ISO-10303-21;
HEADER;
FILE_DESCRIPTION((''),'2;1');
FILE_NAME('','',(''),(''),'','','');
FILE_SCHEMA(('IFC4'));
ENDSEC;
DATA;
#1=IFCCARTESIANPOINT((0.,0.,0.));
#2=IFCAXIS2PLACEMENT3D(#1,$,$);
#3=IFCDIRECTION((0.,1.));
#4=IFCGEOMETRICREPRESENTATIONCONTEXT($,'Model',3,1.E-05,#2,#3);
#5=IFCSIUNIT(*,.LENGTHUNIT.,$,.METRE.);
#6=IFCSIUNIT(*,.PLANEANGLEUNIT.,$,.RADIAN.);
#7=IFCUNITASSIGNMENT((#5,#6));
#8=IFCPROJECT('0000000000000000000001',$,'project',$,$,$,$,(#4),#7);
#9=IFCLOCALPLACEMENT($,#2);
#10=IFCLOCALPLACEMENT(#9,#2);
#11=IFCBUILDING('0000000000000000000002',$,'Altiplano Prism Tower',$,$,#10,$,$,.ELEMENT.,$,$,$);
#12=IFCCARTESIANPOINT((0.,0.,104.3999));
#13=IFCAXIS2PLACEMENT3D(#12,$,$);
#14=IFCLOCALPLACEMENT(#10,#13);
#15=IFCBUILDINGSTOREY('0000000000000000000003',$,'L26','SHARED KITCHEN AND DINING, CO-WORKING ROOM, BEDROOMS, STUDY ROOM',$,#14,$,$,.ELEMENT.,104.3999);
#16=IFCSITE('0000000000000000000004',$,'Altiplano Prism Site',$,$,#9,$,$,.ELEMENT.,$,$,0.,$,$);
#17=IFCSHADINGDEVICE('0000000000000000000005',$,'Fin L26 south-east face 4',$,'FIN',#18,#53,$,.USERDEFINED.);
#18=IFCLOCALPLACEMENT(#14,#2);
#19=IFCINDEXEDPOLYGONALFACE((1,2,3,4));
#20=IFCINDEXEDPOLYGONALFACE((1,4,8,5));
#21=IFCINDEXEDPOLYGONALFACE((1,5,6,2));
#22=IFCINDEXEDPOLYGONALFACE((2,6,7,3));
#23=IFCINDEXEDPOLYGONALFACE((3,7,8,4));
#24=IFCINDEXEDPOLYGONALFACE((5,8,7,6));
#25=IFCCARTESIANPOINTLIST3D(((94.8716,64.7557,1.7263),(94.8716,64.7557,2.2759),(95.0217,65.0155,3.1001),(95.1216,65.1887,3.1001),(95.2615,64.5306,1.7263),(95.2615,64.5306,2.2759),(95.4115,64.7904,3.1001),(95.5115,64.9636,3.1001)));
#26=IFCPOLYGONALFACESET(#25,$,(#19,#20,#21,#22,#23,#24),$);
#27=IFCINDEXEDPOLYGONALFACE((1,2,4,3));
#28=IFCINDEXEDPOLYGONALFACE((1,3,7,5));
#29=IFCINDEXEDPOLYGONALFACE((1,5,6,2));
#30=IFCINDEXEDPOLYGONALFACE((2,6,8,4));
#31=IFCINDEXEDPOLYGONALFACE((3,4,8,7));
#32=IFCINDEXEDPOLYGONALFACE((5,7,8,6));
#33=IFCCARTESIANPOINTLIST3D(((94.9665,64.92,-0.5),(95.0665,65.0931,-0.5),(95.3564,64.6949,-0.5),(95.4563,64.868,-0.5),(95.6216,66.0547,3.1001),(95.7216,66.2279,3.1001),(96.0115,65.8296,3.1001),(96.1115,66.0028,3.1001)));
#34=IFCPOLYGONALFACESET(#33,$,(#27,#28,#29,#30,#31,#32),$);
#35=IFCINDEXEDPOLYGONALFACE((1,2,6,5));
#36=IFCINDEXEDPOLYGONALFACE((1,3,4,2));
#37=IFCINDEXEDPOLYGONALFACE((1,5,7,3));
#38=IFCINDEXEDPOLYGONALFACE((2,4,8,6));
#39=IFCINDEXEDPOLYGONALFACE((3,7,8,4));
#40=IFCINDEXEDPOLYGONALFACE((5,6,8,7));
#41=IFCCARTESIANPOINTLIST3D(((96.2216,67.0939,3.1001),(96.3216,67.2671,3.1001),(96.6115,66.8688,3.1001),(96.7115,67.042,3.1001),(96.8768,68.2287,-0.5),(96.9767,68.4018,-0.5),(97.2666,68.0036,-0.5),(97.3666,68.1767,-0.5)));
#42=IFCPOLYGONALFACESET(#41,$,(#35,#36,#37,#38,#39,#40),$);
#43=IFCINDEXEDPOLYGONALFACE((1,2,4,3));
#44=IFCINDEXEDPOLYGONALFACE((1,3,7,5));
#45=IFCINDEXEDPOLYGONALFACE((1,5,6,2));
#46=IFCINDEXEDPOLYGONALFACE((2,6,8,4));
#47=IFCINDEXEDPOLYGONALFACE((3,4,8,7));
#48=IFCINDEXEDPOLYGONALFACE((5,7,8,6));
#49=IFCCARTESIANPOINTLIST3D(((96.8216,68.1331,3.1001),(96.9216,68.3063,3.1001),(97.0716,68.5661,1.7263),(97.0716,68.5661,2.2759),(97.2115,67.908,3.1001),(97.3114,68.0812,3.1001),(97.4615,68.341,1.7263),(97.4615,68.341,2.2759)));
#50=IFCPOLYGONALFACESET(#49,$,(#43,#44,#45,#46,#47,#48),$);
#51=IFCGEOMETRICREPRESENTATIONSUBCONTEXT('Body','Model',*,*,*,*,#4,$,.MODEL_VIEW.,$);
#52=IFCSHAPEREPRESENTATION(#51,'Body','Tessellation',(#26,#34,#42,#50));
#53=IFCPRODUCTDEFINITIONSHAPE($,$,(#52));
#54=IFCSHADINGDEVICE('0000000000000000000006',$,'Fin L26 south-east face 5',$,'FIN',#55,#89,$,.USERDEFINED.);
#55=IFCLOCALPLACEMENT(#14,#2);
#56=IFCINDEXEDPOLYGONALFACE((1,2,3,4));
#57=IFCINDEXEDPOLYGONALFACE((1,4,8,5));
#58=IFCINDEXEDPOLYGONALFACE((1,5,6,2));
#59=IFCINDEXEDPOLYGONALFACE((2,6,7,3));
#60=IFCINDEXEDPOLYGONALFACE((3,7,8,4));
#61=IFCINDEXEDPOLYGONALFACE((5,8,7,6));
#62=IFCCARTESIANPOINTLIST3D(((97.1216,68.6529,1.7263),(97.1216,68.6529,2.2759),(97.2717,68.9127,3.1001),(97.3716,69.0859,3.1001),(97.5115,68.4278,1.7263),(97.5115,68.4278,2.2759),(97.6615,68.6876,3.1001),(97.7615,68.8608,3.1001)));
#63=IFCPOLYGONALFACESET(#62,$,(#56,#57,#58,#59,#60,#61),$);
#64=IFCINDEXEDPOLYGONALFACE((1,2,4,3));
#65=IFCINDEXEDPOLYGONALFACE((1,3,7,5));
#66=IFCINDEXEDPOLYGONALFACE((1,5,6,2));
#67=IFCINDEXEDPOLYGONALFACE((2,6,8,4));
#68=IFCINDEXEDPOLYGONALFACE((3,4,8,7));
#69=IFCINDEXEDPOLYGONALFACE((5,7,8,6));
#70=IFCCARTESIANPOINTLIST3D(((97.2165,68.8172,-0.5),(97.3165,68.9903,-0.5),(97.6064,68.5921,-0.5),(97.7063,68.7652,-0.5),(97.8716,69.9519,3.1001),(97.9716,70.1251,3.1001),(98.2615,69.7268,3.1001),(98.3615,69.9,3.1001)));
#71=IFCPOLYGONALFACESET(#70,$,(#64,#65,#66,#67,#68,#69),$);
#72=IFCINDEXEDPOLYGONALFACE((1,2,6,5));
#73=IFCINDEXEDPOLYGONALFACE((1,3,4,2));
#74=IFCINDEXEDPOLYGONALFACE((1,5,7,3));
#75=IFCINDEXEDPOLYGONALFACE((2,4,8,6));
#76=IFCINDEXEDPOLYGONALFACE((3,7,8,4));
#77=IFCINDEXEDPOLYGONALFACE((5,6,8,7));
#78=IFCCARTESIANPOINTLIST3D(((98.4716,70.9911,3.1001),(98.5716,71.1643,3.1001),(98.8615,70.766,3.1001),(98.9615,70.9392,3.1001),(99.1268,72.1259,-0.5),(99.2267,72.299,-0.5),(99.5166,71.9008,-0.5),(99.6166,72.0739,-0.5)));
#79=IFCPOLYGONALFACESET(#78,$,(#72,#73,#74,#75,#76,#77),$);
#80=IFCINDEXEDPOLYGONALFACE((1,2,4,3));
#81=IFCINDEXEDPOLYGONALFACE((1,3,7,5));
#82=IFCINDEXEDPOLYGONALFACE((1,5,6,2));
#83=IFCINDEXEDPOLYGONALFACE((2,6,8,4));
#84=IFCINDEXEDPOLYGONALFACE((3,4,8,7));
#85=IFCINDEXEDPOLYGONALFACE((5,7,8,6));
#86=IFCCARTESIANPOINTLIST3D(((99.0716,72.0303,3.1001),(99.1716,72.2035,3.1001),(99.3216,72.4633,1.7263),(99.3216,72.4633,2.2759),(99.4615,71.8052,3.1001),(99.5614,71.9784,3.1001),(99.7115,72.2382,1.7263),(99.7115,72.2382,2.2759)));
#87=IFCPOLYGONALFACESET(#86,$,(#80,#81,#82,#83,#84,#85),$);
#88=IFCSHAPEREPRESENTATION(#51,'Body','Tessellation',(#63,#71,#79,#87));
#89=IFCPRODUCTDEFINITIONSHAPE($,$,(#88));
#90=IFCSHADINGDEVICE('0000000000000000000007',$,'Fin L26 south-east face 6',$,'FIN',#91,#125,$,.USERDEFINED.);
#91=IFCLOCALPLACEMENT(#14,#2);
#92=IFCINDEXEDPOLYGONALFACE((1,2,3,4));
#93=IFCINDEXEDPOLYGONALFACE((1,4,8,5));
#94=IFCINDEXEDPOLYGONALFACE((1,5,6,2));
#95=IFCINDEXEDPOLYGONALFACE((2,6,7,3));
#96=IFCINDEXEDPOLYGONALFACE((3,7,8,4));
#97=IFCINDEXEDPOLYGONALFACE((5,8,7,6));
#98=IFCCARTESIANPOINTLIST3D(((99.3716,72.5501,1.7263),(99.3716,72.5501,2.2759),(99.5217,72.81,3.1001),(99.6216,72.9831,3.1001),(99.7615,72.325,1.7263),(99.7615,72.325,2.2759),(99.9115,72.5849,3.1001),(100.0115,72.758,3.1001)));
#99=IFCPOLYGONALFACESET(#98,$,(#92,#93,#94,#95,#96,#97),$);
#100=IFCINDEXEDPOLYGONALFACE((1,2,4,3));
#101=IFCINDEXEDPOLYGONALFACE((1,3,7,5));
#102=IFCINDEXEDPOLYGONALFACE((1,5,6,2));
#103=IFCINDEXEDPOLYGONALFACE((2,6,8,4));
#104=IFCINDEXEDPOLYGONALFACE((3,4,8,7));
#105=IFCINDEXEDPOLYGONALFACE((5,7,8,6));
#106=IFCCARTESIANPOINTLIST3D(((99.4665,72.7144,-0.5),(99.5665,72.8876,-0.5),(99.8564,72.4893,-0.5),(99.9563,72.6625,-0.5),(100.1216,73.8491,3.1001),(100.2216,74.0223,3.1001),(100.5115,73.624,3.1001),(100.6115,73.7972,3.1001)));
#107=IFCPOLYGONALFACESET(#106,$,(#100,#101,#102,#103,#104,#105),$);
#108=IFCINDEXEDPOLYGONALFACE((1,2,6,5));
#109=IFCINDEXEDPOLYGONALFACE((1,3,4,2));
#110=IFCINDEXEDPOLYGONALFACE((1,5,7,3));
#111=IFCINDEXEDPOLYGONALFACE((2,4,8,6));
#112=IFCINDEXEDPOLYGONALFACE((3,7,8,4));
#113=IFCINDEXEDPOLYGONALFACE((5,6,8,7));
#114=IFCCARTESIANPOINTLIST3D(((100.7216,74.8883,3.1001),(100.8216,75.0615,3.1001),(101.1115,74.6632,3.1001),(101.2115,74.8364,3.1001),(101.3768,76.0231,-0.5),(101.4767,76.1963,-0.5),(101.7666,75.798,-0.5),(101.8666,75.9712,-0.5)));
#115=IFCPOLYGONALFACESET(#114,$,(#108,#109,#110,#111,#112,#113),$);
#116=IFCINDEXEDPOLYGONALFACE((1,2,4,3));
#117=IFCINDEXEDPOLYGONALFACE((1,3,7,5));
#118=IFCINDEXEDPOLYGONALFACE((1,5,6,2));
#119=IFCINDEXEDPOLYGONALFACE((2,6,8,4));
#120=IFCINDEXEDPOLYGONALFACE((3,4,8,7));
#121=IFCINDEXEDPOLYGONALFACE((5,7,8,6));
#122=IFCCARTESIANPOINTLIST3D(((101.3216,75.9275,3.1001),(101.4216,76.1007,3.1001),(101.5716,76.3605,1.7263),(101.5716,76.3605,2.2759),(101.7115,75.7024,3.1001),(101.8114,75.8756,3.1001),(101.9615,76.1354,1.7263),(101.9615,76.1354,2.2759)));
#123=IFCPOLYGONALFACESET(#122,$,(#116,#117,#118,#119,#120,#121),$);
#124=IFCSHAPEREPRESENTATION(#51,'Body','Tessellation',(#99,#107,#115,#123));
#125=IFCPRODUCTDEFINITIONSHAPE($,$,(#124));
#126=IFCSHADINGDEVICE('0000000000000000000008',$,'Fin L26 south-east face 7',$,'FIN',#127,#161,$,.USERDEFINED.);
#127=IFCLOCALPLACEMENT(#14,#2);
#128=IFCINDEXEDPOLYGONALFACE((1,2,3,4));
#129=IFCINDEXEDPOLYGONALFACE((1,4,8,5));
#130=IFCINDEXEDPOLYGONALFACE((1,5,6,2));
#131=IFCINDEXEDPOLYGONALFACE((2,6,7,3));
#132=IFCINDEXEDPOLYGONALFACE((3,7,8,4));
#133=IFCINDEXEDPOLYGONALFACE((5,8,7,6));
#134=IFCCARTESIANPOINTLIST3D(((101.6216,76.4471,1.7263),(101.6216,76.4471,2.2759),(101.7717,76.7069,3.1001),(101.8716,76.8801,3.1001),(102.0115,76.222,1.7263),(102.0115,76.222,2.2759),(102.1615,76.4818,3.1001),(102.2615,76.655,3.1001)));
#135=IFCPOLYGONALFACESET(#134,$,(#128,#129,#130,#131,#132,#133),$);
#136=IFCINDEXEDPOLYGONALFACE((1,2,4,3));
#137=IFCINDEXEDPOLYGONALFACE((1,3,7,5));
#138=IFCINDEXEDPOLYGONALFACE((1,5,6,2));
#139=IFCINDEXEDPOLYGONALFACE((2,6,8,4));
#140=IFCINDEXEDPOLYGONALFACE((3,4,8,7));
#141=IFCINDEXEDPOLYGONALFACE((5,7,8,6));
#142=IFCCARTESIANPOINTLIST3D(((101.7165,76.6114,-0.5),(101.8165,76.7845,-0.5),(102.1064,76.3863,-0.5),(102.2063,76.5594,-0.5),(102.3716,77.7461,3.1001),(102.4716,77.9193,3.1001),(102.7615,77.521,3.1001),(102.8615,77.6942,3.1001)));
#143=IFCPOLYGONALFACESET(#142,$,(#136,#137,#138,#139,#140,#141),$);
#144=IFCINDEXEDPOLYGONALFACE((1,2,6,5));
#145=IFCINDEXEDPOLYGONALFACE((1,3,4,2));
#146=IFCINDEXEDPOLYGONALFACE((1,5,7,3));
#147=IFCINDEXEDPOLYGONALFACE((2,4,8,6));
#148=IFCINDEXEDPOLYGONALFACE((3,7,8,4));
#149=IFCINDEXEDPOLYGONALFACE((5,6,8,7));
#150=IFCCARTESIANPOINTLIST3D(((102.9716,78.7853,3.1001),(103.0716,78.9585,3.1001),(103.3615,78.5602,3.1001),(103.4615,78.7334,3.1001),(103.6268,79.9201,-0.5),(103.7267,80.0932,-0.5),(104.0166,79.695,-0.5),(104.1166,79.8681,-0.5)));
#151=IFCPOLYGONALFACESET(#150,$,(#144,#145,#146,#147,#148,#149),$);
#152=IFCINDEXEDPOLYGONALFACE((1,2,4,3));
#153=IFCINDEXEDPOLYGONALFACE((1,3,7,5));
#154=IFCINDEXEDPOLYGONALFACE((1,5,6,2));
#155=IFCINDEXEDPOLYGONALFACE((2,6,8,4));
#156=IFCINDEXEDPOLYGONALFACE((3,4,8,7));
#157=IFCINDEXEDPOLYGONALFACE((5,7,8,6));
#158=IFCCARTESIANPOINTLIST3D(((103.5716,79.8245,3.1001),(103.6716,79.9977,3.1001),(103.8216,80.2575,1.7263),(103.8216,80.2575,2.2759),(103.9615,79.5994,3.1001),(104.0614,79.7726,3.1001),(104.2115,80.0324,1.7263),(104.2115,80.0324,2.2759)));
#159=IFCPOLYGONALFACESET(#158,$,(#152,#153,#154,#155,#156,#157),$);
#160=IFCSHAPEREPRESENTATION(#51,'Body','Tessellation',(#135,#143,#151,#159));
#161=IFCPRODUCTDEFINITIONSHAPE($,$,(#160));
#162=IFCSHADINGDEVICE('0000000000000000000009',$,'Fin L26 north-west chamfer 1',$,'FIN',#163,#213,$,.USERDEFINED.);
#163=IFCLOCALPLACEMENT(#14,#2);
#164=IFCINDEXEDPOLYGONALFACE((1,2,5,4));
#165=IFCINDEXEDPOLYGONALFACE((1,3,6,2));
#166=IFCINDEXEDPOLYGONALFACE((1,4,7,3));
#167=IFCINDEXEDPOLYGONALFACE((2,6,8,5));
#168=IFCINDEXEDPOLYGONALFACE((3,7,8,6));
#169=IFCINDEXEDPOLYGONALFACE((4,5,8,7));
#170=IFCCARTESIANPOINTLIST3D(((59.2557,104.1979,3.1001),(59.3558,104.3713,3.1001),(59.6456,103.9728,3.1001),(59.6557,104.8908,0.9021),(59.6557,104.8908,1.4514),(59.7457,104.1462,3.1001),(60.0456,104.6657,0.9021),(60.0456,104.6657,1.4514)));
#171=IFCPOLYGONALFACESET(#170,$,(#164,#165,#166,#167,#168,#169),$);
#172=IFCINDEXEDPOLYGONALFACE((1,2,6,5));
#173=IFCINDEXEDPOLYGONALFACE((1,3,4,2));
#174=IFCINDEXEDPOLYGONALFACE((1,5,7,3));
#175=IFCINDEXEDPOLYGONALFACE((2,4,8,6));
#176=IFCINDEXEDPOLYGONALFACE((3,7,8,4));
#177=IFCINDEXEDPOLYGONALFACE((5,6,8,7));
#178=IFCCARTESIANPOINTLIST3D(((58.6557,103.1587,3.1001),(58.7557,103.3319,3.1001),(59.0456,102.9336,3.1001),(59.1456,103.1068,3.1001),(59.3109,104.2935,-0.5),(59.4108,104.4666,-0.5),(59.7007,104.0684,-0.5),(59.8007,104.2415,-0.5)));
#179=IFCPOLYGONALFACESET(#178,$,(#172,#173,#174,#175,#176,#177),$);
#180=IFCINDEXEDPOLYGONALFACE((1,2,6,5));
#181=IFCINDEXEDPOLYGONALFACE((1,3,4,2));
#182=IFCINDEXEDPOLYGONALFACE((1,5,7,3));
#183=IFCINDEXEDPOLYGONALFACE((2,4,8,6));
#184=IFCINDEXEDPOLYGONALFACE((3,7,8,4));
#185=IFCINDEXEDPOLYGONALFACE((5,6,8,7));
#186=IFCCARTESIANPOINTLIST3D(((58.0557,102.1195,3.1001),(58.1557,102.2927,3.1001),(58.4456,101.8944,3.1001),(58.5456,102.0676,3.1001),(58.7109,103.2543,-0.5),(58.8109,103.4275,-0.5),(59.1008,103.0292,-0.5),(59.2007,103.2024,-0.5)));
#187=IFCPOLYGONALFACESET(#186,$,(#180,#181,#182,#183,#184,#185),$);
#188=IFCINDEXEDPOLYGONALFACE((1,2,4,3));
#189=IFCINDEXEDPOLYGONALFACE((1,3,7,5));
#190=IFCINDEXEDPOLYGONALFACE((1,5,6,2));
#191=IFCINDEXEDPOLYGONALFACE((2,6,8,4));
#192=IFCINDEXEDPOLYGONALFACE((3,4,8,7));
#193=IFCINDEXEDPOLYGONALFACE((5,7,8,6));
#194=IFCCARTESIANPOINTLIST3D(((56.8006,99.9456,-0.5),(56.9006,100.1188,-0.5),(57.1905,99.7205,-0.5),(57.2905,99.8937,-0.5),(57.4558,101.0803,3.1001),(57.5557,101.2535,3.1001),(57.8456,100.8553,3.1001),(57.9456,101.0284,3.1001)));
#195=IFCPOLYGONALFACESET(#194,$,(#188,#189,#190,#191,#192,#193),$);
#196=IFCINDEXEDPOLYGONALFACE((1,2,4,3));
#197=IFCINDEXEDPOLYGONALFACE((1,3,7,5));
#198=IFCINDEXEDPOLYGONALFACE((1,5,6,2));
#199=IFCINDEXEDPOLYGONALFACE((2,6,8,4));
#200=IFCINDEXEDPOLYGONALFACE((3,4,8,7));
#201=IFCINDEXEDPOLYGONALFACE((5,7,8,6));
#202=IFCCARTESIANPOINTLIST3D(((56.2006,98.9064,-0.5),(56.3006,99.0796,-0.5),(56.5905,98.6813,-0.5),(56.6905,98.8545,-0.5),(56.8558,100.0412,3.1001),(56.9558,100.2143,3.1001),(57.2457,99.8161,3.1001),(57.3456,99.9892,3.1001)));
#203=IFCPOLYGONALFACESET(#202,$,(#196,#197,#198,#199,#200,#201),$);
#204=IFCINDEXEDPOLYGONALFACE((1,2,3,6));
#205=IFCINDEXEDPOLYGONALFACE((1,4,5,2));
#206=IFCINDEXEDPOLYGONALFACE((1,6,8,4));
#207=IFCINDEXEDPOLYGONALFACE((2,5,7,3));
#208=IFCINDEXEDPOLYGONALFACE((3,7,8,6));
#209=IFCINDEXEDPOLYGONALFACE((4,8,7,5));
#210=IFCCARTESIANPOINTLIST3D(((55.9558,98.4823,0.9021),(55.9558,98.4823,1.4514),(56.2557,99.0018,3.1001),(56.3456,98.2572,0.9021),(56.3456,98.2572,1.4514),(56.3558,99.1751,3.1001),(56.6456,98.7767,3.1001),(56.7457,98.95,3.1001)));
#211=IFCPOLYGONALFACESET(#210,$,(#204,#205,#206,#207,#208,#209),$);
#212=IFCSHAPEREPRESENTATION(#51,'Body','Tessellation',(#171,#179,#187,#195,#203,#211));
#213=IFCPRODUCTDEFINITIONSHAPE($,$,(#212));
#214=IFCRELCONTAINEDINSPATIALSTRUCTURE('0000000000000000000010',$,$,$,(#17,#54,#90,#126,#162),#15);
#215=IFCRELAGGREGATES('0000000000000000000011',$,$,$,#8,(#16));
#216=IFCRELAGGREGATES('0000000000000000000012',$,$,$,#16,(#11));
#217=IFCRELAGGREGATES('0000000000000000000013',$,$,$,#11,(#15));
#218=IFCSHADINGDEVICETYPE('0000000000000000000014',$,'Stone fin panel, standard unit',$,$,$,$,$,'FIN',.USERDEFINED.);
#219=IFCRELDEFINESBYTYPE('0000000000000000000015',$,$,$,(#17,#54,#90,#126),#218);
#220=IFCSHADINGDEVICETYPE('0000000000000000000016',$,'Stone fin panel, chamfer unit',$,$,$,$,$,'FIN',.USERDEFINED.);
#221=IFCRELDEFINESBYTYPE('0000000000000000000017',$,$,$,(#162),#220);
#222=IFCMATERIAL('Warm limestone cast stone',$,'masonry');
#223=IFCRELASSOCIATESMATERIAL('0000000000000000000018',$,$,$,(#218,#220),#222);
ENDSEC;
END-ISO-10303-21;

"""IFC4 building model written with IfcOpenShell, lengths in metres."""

from ifc_helpers import new_model, si_unit, direction, frame, origin, place, context, subcontext, project, spatial, polyline, outline, extrude, source, transform, mapped, material, type_object, element, save


model = new_model("IFC4")

# Units and contexts
model_context = context("Model", 3, precision=1e-05, world=origin(), true_north=direction((0.0, 1.0)))
body_context = subcontext(model_context, "Body", "Model", "MODEL_VIEW")
ifc_project = project(units=[si_unit("LENGTHUNIT", "METRE"), si_unit("PLANEANGLEUNIT", "RADIAN")], contexts=[model_context])

# Site, building, storey
site_placement = place(None, origin())
site = spatial("IfcSite", under=ifc_project, at=site_placement, Name="Altiplano Prism Site", CompositionType="ELEMENT", RefElevation=0.0)
building_placement = place(site_placement, origin())
building = spatial("IfcBuilding", under=site, at=building_placement, Name="Altiplano Prism Tower", CompositionType="ELEMENT")
storey_placement = place(building_placement, frame((0.0, 0.0, 104.3999)))
storey = spatial("IfcBuildingStorey", under=building, at=storey_placement, Name="L26", Description="SHARED KITCHEN AND DINING, CO-WORKING ROOM, BEDROOMS, STUDY ROOM", CompositionType="ELEMENT", Elevation=104.3999)

# Shading devices
ifc_material_1 = material(Name="Warm limestone cast stone", Category="masonry")
shading_device_type_1 = type_object("IfcShadingDeviceType", Name="Stone fin panel, standard unit", ElementType="FIN", PredefinedType="USERDEFINED", material=ifc_material_1)
shared_shape_1 = source(origin(), body_context, "Body", "SweptSolid", [
    extrude(outline(polyline([(-2.2, 2.2263), (-1.7, 3.6001), (-1.8999, 3.6001), (-2.2, 2.7759), (-2.2, 2.2263)])), frame((0.0, -0.1499, 0.0), z_axis=(0.0, -1.0, 0.0), x_axis=(1.0, 0.0, 0.0)), (0.0, 0.0, 1.0), 0.4502),
    extrude(outline(polyline([(-2.0103, 0.0), (-1.8103, 0.0), (-0.5, 3.6001), (-0.7, 3.6001), (-2.0103, 0.0)])), frame((0.0, -0.1499, 0.0), z_axis=(0.0, -1.0, 0.0), x_axis=(1.0, 0.0, 0.0)), (0.0, 0.0, 1.0), 0.4502),
    extrude(outline(polyline([(1.8103, 0.0), (2.0103, 0.0), (0.7, 3.6001), (0.5, 3.6001), (1.8103, 0.0)])), frame((0.0, -0.1499, 0.0), z_axis=(0.0, -1.0, 0.0), x_axis=(1.0, 0.0, 0.0)), (0.0, 0.0, 1.0), 0.4502),
    extrude(outline(polyline([(2.2, 2.7759), (1.8999, 3.6001), (1.7, 3.6001), (2.2, 2.2263), (2.2, 2.7759)])), frame((0.0, -0.1499, 0.0), z_axis=(0.0, -1.0, 0.0), x_axis=(1.0, 0.0, 0.0)), (0.0, 0.0, 1.0), 0.4502),
])
shading_device_1_placement = place(storey_placement, origin())
element("IfcShadingDevice", 1, at=shading_device_1_placement, inside=storey, type_object=shading_device_type_1, Name="Fin L26 south-east face 4", ObjectType="FIN", PredefinedType="USERDEFINED", context=body_context, shape_type="MappedRepresentation", body=[
    mapped(shared_shape_1, transform((95.8418, 66.7358, -0.5), x_axis=(0.5, 0.866025, 0.0), y_axis=(-0.866025, 0.5, 0.0), z_axis=(0.0, 0.0, 1.0))),
])
shading_device_2_placement = place(storey_placement, origin())
element("IfcShadingDevice", 2, at=shading_device_2_placement, inside=storey, type_object=shading_device_type_1, Name="Fin L26 south-east face 5", ObjectType="FIN", PredefinedType="USERDEFINED", context=body_context, shape_type="MappedRepresentation", body=[
    mapped(shared_shape_1, transform((98.0918, 70.6331, -0.5), x_axis=(0.5, 0.866025, 0.0), y_axis=(-0.866025, 0.5, 0.0), z_axis=(0.0, 0.0, 1.0))),
])
shading_device_3_placement = place(storey_placement, origin())
element("IfcShadingDevice", 3, at=shading_device_3_placement, inside=storey, type_object=shading_device_type_1, Name="Fin L26 south-east face 6", ObjectType="FIN", PredefinedType="USERDEFINED", context=body_context, shape_type="MappedRepresentation", body=[
    mapped(shared_shape_1, transform((100.3418, 74.5303, -0.5), x_axis=(0.5, 0.866025, 0.0), y_axis=(-0.866025, 0.5, 0.0), z_axis=(0.0, 0.0, 1.0))),
])
shading_device_4_placement = place(storey_placement, origin())
element("IfcShadingDevice", 4, at=shading_device_4_placement, inside=storey, type_object=shading_device_type_1, Name="Fin L26 south-east face 7", ObjectType="FIN", PredefinedType="USERDEFINED", context=body_context, shape_type="MappedRepresentation", body=[
    mapped(shared_shape_1, transform((102.5918, 78.4272, -0.5), x_axis=(0.5, 0.866025, 0.0), y_axis=(-0.866025, 0.5, 0.0), z_axis=(0.0, 0.0, 1.0))),
])
shading_device_type_2 = type_object("IfcShadingDeviceType", Name="Stone fin panel, chamfer unit", ElementType="FIN", PredefinedType="USERDEFINED", material=ifc_material_1)
shared_shape_2 = source(origin(), body_context, "Body", "SweptSolid", [
    extrude(outline(polyline([(-3.7, 1.4021), (-2.8999, 3.6001), (-3.1001, 3.6001), (-3.7, 1.9514), (-3.7, 1.4021)])), frame((0.0, -0.1499, 0.0), z_axis=(0.0, -1.0, 0.0), x_axis=(1.0, 0.0, 0.0)), (0.0, 0.0, 1.0), 0.4502),
    extrude(outline(polyline([(-3.2102, 0.0), (-3.0103, 0.0), (-1.7, 3.6001), (-1.8999, 3.6001), (-3.2102, 0.0)])), frame((0.0, -0.1499, 0.0), z_axis=(0.0, -1.0, 0.0), x_axis=(1.0, 0.0, 0.0)), (0.0, 0.0, 1.0), 0.4502),
    extrude(outline(polyline([(-2.0103, 0.0), (-1.8103, 0.0), (-0.5, 3.6001), (-0.7, 3.6001), (-2.0103, 0.0)])), frame((0.0, -0.1499, 0.0), z_axis=(0.0, -1.0, 0.0), x_axis=(1.0, 0.0, 0.0)), (0.0, 0.0, 1.0), 0.4502),
    extrude(outline(polyline([(1.8103, 0.0), (2.0103, 0.0), (0.7, 3.6001), (0.5, 3.6001), (1.8103, 0.0)])), frame((0.0, -0.1499, 0.0), z_axis=(0.0, -1.0, 0.0), x_axis=(1.0, 0.0, 0.0)), (0.0, 0.0, 1.0), 0.4502),
    extrude(outline(polyline([(3.0103, 0.0), (3.2102, 0.0), (1.8999, 3.6001), (1.7, 3.6001), (3.0103, 0.0)])), frame((0.0, -0.1499, 0.0), z_axis=(0.0, -1.0, 0.0), x_axis=(1.0, 0.0, 0.0)), (0.0, 0.0, 1.0), 0.4502),
    extrude(outline(polyline([(3.7, 1.9514), (3.1001, 3.6001), (2.8999, 3.6001), (3.7, 1.4021), (3.7, 1.9514)])), frame((0.0, -0.1499, 0.0), z_axis=(0.0, -1.0, 0.0), x_axis=(1.0, 0.0, 0.0)), (0.0, 0.0, 1.0), 0.4502),
])
shading_device_5_placement = place(storey_placement, origin())
element("IfcShadingDevice", 5, at=shading_device_5_placement, inside=storey, type_object=shading_device_type_2, Name="Fin L26 north-west chamfer 1", ObjectType="FIN", PredefinedType="USERDEFINED", context=body_context, shape_type="MappedRepresentation", body=[
    mapped(shared_shape_2, transform((58.3254, 101.3865, -0.5), x_axis=(-0.5, -0.866025, 0.0), y_axis=(0.866025, -0.5, 0.0), z_axis=(0.0, 0.0, 1.0))),
])

save(model, "model.ifc")
